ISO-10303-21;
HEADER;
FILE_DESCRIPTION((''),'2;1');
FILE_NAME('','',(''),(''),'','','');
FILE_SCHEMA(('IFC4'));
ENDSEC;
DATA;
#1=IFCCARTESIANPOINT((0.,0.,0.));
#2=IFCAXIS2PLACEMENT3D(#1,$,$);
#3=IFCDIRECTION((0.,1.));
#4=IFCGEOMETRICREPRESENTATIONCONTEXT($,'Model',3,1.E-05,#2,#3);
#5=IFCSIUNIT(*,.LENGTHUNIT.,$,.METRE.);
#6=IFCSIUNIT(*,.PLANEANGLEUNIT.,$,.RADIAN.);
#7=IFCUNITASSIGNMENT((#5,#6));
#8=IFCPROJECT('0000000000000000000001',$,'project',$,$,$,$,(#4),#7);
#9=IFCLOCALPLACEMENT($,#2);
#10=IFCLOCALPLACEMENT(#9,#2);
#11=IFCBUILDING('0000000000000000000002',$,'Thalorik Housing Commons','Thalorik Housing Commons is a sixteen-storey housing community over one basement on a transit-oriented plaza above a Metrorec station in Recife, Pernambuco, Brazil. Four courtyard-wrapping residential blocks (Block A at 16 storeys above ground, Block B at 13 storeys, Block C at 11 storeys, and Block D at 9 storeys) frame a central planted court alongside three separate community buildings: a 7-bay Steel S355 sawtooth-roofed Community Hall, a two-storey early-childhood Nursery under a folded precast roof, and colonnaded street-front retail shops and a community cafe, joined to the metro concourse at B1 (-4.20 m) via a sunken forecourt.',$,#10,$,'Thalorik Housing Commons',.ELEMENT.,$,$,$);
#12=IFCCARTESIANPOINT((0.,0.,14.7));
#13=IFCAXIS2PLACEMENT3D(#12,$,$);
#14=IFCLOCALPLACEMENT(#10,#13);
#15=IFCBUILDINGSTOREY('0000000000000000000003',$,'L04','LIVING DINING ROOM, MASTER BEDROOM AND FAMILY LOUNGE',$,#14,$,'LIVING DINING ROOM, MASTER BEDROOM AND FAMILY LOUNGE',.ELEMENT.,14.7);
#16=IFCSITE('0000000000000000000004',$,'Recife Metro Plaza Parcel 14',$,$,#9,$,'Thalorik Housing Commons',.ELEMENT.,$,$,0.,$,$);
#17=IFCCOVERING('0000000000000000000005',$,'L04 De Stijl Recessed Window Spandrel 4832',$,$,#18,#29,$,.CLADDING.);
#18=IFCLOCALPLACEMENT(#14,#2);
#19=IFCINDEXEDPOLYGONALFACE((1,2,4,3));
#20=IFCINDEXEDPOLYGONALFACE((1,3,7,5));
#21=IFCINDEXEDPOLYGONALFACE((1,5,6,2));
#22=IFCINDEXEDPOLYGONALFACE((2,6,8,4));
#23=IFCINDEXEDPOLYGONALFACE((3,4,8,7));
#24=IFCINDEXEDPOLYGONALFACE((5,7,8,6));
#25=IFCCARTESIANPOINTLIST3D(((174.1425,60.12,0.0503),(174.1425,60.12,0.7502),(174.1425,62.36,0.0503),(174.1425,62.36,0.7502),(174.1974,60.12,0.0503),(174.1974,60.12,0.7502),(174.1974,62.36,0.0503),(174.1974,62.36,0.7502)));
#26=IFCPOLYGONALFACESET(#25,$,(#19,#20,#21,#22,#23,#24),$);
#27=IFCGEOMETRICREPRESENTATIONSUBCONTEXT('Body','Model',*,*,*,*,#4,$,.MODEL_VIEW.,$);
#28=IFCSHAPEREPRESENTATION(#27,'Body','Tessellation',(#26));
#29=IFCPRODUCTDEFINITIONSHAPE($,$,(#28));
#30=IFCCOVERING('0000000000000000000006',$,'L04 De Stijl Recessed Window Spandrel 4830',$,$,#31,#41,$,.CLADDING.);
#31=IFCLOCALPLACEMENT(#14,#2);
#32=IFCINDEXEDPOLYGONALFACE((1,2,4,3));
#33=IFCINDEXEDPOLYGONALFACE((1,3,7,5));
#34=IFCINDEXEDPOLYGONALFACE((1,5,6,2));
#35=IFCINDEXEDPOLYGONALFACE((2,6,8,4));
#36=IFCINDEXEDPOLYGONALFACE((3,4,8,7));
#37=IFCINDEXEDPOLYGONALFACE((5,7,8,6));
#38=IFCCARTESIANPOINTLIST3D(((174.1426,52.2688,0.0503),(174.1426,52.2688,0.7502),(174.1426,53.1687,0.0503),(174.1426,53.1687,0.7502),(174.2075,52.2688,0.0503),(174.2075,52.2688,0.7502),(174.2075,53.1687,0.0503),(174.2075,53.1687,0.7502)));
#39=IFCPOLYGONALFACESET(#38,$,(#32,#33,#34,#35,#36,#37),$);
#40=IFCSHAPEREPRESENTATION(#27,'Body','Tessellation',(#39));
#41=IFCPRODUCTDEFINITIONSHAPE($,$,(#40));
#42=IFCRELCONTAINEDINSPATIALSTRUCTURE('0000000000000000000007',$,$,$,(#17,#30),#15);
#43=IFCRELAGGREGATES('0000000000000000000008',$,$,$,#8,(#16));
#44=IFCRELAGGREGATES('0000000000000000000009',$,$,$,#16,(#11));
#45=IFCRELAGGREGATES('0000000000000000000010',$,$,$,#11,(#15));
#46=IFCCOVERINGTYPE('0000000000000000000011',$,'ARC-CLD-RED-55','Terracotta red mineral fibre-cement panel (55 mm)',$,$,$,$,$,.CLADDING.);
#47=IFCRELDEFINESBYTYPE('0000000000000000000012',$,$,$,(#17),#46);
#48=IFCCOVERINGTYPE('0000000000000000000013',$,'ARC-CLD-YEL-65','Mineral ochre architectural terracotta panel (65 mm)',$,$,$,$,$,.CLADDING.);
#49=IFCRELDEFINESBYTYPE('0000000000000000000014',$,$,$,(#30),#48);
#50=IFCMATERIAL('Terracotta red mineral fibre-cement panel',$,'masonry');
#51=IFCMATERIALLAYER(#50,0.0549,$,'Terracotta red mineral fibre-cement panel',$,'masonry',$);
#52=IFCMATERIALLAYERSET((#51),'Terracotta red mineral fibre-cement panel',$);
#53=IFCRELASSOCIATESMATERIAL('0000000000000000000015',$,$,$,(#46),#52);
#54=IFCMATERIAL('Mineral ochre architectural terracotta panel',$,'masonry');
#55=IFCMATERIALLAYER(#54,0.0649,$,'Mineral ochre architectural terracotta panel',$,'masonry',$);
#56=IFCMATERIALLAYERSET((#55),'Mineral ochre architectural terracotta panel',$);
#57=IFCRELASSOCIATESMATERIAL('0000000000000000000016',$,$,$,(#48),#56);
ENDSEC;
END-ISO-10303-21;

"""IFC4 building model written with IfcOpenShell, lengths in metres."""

from ifc_helpers import new_model, si_unit, direction, frame, origin, origin_2d, place, context, subcontext, project, spatial, rectangle, extrude, material, layer, layer_set, type_object, element, save


model = new_model("IFC4")

# Units and contexts
model_context = context("Model", 3, precision=1e-05, world=origin(), true_north=direction((0.0, 1.0)))
body_context = subcontext(model_context, "Body", "Model", "MODEL_VIEW")
ifc_project = project(units=[si_unit("LENGTHUNIT", "METRE"), si_unit("PLANEANGLEUNIT", "RADIAN")], contexts=[model_context])

# Site, building, storey
site_placement = place(None, origin())
site = spatial("IfcSite", under=ifc_project, at=site_placement, Name="Recife Metro Plaza Parcel 14", LongName="Thalorik Housing Commons", CompositionType="ELEMENT", RefElevation=0.0)
building_placement = place(site_placement, origin())
building = spatial("IfcBuilding", under=site, at=building_placement, Name="Thalorik Housing Commons", Description="Thalorik Housing Commons is a sixteen-storey housing community over one basement on a transit-oriented plaza above a Metrorec station in Recife, Pernambuco, Brazil. Four courtyard-wrapping residential blocks (Block A at 16 storeys above ground, Block B at 13 storeys, Block C at 11 storeys, and Block D at 9 storeys) frame a central planted court alongside three separate community buildings: a 7-bay Steel S355 sawtooth-roofed Community Hall, a two-storey early-childhood Nursery under a folded precast roof, and colonnaded street-front retail shops and a community cafe, joined to the metro concourse at B1 (-4.20 m) via a sunken forecourt.", LongName="Thalorik Housing Commons", CompositionType="ELEMENT")
storey_placement = place(building_placement, frame((0.0, 0.0, 14.7)))
storey = spatial("IfcBuildingStorey", under=building, at=storey_placement, Name="L04", Description="LIVING DINING ROOM, MASTER BEDROOM AND FAMILY LOUNGE", LongName="LIVING DINING ROOM, MASTER BEDROOM AND FAMILY LOUNGE", CompositionType="ELEMENT", Elevation=14.7)

# Coverings
ifc_material_1 = material(Name="Terracotta red mineral fibre-cement panel", Category="masonry")
ifc_layer_1 = layer(ifc_material_1, 0.0549, Name="Terracotta red mineral fibre-cement panel", Category="masonry")
ifc_layer_set_1 = layer_set([ifc_layer_1], Name="Terracotta red mineral fibre-cement panel")
covering_type_1 = type_object("IfcCoveringType", Name="ARC-CLD-RED-55", Description="Terracotta red mineral fibre-cement panel (55 mm)", PredefinedType="CLADDING", material=ifc_layer_set_1)
covering_1_placement = place(storey_placement, frame((174.1699, 61.24, 0.0503), z_axis=(0.0, 0.0, 1.0), x_axis=(0.0, 1.0, 0.0)))
element("IfcCovering", 1, at=covering_1_placement, inside=storey, type_object=covering_type_1, Name="L04 De Stijl Recessed Window Spandrel 4832", PredefinedType="CLADDING", context=body_context, shape_type="SweptSolid", body=[
    extrude(rectangle(XDim=2.24, YDim=0.0549, at=origin_2d()), origin(), (0.0, 0.0, 1.0), 0.7),
])
ifc_material_2 = material(Name="Mineral ochre architectural terracotta panel", Category="masonry")
ifc_layer_2 = layer(ifc_material_2, 0.0649, Name="Mineral ochre architectural terracotta panel", Category="masonry")
ifc_layer_set_2 = layer_set([ifc_layer_2], Name="Mineral ochre architectural terracotta panel")
covering_type_2 = type_object("IfcCoveringType", Name="ARC-CLD-YEL-65", Description="Mineral ochre architectural terracotta panel (65 mm)", PredefinedType="CLADDING", material=ifc_layer_set_2)
covering_2_placement = place(storey_placement, frame((174.175, 52.7188, 0.0503), z_axis=(0.0, 0.0, 1.0), x_axis=(0.0, 1.0, 0.0)))
element("IfcCovering", 2, at=covering_2_placement, inside=storey, type_object=covering_type_2, Name="L04 De Stijl Recessed Window Spandrel 4830", PredefinedType="CLADDING", context=body_context, shape_type="SweptSolid", body=[
    extrude(rectangle(XDim=0.8999, YDim=0.0649, at=origin_2d()), origin(), (0.0, 0.0, 1.0), 0.7),
])

save(model, "model.ifc")
